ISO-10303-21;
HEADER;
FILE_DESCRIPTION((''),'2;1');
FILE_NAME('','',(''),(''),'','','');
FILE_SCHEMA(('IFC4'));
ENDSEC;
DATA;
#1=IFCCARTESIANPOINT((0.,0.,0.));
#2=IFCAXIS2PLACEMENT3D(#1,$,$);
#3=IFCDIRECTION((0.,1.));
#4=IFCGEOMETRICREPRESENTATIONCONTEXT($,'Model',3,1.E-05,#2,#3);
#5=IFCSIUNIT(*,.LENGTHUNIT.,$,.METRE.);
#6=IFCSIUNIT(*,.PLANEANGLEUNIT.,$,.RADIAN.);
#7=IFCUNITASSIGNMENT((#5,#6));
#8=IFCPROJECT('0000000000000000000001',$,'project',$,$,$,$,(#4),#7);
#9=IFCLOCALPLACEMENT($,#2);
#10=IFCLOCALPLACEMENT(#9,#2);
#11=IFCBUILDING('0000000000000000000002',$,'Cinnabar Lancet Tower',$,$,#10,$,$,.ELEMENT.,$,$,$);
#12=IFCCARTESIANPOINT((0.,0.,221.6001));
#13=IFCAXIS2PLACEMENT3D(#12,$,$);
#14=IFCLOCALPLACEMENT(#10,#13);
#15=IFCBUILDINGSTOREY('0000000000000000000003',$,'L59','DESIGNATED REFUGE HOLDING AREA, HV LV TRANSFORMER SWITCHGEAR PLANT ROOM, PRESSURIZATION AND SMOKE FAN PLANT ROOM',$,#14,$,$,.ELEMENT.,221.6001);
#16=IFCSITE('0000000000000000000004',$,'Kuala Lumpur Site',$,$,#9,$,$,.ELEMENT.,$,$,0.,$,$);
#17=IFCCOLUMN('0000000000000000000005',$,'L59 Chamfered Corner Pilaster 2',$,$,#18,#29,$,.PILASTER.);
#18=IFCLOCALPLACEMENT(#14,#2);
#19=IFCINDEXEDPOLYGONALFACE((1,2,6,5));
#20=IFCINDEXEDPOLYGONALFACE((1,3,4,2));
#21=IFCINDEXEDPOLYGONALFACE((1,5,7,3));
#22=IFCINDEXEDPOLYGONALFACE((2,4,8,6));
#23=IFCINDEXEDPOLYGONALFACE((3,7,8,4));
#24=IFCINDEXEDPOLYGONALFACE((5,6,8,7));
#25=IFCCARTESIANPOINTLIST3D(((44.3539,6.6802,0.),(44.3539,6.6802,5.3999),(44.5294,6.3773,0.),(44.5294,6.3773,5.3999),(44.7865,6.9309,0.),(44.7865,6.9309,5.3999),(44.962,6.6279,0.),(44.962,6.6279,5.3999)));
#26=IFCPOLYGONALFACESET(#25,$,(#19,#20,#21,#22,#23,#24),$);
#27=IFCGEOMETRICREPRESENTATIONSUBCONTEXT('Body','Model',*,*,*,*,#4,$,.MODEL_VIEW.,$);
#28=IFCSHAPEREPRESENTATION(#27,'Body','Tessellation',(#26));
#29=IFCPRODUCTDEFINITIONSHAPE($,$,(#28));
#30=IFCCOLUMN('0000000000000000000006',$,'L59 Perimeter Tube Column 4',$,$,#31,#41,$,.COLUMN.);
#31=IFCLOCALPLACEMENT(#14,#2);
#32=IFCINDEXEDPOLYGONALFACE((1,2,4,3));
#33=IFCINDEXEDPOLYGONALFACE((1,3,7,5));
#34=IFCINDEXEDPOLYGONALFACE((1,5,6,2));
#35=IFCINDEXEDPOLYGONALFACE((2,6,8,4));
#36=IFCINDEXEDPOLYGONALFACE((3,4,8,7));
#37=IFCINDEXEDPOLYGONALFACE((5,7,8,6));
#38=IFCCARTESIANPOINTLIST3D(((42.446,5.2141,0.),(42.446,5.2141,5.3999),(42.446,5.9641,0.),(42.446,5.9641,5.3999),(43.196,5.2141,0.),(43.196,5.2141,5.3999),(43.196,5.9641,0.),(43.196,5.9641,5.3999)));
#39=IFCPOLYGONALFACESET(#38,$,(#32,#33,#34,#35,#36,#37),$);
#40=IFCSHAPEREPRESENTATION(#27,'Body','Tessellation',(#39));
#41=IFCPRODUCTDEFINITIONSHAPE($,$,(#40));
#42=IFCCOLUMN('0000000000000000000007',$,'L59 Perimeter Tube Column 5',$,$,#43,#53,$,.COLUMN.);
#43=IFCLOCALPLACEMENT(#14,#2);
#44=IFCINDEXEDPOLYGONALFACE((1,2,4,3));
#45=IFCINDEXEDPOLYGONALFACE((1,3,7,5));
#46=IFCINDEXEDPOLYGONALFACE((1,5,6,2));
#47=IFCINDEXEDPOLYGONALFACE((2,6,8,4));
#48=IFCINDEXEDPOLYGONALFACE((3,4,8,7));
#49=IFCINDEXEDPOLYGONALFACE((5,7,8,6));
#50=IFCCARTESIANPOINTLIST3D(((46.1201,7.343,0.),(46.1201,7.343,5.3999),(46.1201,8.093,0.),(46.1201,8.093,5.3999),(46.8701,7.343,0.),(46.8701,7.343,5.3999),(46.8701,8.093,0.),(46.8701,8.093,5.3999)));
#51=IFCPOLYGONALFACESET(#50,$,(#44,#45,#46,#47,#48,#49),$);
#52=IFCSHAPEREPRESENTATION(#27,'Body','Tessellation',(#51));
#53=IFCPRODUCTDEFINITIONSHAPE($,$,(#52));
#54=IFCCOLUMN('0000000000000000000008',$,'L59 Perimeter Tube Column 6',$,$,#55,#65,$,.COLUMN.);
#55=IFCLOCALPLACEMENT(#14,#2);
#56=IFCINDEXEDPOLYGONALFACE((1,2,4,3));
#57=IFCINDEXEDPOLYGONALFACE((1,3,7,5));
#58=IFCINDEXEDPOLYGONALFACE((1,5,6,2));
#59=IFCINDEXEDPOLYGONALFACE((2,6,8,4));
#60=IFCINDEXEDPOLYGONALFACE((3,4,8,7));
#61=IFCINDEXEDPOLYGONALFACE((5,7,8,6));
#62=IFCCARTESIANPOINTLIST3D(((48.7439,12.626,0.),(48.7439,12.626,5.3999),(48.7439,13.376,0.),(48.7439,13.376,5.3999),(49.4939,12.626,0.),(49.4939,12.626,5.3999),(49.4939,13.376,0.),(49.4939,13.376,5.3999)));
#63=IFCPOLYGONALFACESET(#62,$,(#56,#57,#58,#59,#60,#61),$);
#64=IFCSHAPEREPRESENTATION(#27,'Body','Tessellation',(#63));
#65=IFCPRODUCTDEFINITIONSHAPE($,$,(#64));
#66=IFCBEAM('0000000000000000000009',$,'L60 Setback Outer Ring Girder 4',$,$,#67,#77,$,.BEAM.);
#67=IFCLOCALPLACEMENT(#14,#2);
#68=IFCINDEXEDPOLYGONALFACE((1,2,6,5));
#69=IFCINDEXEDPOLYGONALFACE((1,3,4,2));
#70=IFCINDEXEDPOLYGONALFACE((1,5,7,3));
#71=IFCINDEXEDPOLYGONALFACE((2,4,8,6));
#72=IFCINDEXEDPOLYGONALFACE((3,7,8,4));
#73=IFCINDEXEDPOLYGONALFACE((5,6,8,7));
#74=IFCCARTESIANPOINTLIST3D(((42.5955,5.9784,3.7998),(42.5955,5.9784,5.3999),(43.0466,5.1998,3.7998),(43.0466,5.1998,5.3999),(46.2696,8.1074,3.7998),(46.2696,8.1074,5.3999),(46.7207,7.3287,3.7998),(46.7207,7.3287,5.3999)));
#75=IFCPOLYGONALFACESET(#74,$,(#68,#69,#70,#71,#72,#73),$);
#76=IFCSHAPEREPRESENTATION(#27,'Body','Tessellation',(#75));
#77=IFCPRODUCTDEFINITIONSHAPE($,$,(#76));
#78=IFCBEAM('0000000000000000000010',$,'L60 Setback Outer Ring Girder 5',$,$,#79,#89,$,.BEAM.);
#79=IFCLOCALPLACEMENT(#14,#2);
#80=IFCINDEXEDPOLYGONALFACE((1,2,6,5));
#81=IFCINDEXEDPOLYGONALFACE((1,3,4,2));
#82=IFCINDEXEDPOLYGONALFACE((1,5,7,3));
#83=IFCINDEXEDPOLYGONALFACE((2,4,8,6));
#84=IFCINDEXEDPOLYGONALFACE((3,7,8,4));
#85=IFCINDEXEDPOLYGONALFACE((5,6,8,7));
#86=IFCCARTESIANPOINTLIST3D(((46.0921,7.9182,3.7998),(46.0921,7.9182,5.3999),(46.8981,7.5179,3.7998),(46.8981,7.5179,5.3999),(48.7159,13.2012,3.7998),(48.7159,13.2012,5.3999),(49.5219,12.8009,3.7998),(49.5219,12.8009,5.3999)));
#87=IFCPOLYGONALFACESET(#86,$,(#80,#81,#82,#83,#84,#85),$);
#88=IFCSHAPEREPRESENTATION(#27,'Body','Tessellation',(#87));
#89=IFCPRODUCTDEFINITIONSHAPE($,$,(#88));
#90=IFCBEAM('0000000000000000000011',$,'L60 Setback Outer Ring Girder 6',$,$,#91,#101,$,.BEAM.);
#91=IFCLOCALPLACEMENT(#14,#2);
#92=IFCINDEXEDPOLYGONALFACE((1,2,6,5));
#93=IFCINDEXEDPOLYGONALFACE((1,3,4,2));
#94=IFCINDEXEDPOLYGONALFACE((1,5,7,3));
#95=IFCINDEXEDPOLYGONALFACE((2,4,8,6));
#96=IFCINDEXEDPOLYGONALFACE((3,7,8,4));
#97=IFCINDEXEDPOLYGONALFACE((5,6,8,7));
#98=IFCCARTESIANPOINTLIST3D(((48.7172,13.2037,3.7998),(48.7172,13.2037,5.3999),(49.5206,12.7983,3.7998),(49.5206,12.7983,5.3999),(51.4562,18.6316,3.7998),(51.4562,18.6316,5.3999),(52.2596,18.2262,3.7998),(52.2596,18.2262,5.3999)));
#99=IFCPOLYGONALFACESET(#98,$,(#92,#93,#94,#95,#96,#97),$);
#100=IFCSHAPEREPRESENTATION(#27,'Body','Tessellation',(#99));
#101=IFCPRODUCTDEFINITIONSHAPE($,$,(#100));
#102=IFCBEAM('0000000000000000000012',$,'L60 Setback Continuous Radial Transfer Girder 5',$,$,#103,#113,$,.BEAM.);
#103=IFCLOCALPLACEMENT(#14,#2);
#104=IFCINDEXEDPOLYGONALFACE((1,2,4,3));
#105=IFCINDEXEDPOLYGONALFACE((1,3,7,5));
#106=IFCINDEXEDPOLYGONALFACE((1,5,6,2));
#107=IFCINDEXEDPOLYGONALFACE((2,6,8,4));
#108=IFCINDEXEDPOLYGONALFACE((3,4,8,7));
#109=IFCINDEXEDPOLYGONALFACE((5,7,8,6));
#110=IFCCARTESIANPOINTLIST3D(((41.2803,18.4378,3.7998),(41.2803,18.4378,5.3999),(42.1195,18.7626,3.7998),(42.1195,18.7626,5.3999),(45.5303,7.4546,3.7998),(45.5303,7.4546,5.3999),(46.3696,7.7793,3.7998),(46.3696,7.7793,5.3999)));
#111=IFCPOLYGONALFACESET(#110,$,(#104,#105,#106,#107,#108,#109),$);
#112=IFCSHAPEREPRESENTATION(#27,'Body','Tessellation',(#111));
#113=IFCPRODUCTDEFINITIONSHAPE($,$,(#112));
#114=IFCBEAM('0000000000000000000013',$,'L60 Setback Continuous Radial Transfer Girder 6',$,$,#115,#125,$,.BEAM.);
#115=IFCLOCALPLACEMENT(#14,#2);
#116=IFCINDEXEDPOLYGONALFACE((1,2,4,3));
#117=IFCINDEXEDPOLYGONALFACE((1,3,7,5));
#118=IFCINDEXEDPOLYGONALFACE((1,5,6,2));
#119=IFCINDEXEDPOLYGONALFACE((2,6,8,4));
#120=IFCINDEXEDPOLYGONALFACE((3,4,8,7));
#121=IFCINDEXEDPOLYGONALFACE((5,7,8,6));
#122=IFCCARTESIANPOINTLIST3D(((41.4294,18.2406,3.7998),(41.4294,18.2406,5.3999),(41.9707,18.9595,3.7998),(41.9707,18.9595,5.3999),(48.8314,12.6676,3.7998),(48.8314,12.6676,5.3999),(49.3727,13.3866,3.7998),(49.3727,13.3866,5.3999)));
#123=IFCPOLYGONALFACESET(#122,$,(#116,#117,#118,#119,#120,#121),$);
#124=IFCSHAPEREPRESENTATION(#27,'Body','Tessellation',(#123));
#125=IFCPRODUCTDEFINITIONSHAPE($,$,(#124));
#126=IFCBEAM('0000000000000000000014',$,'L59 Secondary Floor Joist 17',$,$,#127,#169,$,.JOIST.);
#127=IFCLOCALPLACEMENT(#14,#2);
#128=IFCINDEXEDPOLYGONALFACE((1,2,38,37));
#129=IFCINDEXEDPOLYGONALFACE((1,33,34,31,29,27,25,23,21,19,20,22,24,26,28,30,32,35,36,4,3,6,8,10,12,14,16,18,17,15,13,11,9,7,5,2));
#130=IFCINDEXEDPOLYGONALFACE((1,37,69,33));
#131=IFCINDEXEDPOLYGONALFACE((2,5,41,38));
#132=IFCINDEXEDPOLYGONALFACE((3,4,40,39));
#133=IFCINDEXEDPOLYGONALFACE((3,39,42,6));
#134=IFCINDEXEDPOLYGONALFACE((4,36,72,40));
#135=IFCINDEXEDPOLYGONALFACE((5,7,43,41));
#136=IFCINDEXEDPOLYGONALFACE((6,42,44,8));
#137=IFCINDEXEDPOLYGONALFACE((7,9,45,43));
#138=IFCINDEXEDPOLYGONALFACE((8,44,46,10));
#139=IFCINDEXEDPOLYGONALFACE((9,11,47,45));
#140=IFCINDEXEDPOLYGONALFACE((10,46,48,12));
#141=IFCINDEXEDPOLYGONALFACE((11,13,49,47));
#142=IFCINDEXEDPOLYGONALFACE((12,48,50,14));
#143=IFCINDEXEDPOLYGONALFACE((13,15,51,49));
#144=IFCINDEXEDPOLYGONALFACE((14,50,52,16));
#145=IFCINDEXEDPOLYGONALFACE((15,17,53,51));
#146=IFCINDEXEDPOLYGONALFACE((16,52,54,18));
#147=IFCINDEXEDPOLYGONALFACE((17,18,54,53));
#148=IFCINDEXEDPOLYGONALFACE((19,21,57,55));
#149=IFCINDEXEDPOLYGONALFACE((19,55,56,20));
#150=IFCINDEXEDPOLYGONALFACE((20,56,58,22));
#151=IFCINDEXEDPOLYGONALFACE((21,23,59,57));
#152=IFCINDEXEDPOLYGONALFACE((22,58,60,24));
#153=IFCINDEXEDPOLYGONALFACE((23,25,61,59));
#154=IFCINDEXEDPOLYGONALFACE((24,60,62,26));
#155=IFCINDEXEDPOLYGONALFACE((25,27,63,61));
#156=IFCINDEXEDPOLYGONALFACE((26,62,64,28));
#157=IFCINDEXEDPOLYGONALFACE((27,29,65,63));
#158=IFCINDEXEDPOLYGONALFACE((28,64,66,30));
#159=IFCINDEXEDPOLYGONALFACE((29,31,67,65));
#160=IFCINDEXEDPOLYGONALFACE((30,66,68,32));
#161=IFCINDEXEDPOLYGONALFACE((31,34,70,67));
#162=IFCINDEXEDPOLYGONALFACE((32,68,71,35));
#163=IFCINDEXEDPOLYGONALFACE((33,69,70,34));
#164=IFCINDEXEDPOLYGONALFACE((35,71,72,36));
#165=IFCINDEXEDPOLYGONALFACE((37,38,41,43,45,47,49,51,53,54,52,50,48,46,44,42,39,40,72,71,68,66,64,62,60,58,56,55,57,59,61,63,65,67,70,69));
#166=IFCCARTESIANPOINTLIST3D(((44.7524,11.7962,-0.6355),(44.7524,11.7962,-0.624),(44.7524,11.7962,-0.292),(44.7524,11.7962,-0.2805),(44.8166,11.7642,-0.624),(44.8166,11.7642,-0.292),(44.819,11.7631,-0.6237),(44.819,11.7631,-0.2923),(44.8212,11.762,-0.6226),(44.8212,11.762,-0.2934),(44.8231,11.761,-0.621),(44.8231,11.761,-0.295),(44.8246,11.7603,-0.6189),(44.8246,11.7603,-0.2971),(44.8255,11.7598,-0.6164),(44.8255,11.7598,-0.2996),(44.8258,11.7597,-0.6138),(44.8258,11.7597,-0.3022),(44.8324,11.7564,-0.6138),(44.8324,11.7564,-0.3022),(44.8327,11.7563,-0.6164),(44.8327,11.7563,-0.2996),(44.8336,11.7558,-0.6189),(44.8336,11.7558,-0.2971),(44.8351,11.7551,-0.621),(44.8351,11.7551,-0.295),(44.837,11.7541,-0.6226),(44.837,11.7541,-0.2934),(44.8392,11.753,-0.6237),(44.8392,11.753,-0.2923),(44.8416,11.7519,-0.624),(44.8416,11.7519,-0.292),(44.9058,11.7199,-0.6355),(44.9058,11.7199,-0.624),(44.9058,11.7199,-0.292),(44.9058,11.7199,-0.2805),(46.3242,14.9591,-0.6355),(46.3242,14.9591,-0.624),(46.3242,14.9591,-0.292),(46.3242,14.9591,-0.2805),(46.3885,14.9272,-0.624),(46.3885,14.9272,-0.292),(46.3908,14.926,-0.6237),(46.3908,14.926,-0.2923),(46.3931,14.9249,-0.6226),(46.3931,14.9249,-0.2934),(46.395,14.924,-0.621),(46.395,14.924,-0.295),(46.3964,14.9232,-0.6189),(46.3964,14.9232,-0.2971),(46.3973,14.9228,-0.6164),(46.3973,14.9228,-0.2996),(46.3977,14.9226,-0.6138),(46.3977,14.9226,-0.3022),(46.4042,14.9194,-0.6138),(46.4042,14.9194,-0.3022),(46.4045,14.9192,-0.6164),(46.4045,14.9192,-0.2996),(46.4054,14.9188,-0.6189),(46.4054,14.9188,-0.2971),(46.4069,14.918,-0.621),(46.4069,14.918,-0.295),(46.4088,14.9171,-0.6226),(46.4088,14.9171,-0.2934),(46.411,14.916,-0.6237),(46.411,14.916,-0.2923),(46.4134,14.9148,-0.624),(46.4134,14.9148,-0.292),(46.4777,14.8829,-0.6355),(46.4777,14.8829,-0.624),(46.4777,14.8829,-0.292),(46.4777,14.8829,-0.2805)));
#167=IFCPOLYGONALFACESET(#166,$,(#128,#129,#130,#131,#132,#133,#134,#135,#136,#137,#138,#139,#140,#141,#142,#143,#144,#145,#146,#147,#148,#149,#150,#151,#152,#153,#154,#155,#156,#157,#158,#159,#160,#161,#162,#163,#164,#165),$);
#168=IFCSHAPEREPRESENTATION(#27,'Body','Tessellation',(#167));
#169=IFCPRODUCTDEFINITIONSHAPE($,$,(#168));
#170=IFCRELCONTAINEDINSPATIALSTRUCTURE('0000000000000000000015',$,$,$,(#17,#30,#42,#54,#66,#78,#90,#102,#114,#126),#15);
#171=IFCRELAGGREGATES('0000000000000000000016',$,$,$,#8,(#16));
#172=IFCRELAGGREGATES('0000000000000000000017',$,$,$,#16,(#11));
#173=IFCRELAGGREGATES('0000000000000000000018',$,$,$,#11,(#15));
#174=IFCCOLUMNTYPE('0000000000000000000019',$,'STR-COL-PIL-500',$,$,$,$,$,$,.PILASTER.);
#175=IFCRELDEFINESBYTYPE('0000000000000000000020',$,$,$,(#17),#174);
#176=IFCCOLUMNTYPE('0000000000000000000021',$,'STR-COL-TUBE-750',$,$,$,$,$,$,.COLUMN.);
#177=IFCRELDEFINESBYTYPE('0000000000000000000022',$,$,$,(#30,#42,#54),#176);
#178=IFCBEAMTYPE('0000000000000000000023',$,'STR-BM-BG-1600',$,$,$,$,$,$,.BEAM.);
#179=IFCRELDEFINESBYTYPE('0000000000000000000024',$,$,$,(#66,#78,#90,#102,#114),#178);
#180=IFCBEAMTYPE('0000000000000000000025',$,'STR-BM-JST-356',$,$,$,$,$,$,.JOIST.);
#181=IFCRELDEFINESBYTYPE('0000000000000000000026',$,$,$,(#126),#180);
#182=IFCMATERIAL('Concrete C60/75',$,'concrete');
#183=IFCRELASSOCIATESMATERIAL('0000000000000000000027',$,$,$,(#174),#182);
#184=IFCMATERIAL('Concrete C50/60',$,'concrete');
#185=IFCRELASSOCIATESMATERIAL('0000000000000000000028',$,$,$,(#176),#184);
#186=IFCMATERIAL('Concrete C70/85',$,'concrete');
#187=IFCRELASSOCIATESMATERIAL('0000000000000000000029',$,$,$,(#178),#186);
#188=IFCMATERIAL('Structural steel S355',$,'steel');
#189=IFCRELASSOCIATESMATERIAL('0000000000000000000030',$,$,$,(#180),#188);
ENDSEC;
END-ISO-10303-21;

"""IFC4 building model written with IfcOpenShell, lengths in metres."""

from ifc_helpers import new_model, si_unit, direction, frame, origin, origin_2d, place, context, subcontext, project, spatial, rectangle, i_section, extrude, material, material_profile, profile_set, type_object, element, save


model = new_model("IFC4")

# Units and contexts
model_context = context("Model", 3, precision=1e-05, world=origin(), true_north=direction((0.0, 1.0)))
body_context = subcontext(model_context, "Body", "Model", "MODEL_VIEW")
ifc_project = project(units=[si_unit("LENGTHUNIT", "METRE"), si_unit("PLANEANGLEUNIT", "RADIAN")], contexts=[model_context])

# Site, building, storey
site_placement = place(None, origin())
site = spatial("IfcSite", under=ifc_project, at=site_placement, Name="Kuala Lumpur Site", CompositionType="ELEMENT", RefElevation=0.0)
building_placement = place(site_placement, origin())
building = spatial("IfcBuilding", under=site, at=building_placement, Name="Cinnabar Lancet Tower", CompositionType="ELEMENT")
storey_placement = place(building_placement, frame((0.0, 0.0, 221.6001)))
storey = spatial("IfcBuildingStorey", under=building, at=storey_placement, Name="L59", Description="DESIGNATED REFUGE HOLDING AREA, HV LV TRANSFORMER SWITCHGEAR PLANT ROOM, PRESSURIZATION AND SMOKE FAN PLANT ROOM", CompositionType="ELEMENT", Elevation=221.6001)

# Columns
ifc_material_1 = material(Name="Concrete C60/75", Category="concrete")
ifc_material_profile_1 = material_profile(ifc_material_1, rectangle(XDim=0.5, YDim=0.3501, at=origin_2d()), Name="RC-PIL 500x350")
ifc_profile_set_1 = profile_set([ifc_material_profile_1], Name="Concrete C60/75")
column_type_1 = type_object("IfcColumnType", Name="STR-COL-PIL-500", PredefinedType="PILASTER", material=ifc_profile_set_1)
column_placement = place(storey_placement, frame((44.658, 6.6541, 0.0), z_axis=(0.0, 0.0, 1.0), x_axis=(0.86523, 0.501375, 0.0)))
element("IfcColumn", 1, at=column_placement, inside=storey, type_object=column_type_1, Name="L59 Chamfered Corner Pilaster 2", PredefinedType="PILASTER", context=body_context, shape_type="SweptSolid", body=[
    extrude(rectangle(XDim=0.5, YDim=0.3501, at=origin_2d()), origin(), (0.0, 0.0, 1.0), 5.3999),
])
ifc_material_2 = material(Name="Concrete C50/60", Category="concrete")
ifc_material_profile_2 = material_profile(ifc_material_2, rectangle(XDim=0.75, YDim=0.75, at=origin_2d()), Name="RC-COL 750x750")
ifc_profile_set_2 = profile_set([ifc_material_profile_2], Name="Concrete C50/60")
column_type_2 = type_object("IfcColumnType", Name="STR-COL-TUBE-750", PredefinedType="COLUMN", material=ifc_profile_set_2)
for number, where, z_axis, x_axis, name in (
    (2, (42.821, 5.5891, 0.0), (0.0, 0.0, 1.0), (1.0, 0.0, 0.0), "L59 Perimeter Tube Column 4"),
    (3, (46.4951, 7.718, 0.0), (0.0, 0.0, 1.0), (1.0, 0.0, 0.0), "L59 Perimeter Tube Column 5"),
    (4, (49.1189, 13.001, 0.0), (0.0, 0.0, 1.0), (1.0, 0.0, 0.0), "L59 Perimeter Tube Column 6"),
):
    element("IfcColumn", number, at=place(storey_placement, frame(where, z_axis=z_axis, x_axis=x_axis)), inside=storey, type_object=column_type_2, Name=name, PredefinedType="COLUMN", context=body_context, shape_type="SweptSolid", body=[
        extrude(rectangle(XDim=0.75, YDim=0.75, at=origin_2d()), origin(), (0.0, 0.0, 1.0), 5.3999),
    ])

# Beams
ifc_material_3 = material(Name="Concrete C70/85", Category="concrete")
ifc_material_profile_3 = material_profile(ifc_material_3, rectangle(XDim=0.8999, YDim=1.6001, at=origin_2d()), Name="RC-BG 900x1600")
ifc_profile_set_3 = profile_set([ifc_material_profile_3], Name="Concrete C70/85")
beam_type_1 = type_object("IfcBeamType", Name="STR-BM-BG-1600", PredefinedType="BEAM", material=ifc_profile_set_3)
beam_1_placement = place(storey_placement, frame((42.821, 5.5891, 4.5999), z_axis=(0.865241, 0.501356, 0.0), x_axis=(-0.501356, 0.865241, 0.0)))
element("IfcBeam", 5, at=beam_1_placement, inside=storey, type_object=beam_type_1, Name="L60 Setback Outer Ring Girder 4", PredefinedType="BEAM", context=body_context, shape_type="SweptSolid", body=[
    extrude(rectangle(XDim=0.8999, YDim=1.6001, at=origin_2d()), origin(), (0.0, 0.0, 1.0), 4.2463),
])
beam_2_placement = place(storey_placement, frame((46.4951, 7.718, 4.5999), z_axis=(0.444811, 0.895624, 0.0), x_axis=(-0.895624, 0.444811, 0.0)))
element("IfcBeam", 6, at=beam_2_placement, inside=storey, type_object=beam_type_1, Name="L60 Setback Outer Ring Girder 5", PredefinedType="BEAM", context=body_context, shape_type="SweptSolid", body=[
    extrude(rectangle(XDim=0.8999, YDim=1.6001, at=origin_2d()), origin(), (0.0, 0.0, 1.0), 5.8987),
])
beam_3_placement = place(storey_placement, frame((49.1189, 13.001, 4.5999), z_axis=(0.450503, 0.892775, 0.0), x_axis=(-0.892775, 0.450503, 0.0)))
element("IfcBeam", 7, at=beam_3_placement, inside=storey, type_object=beam_type_1, Name="L60 Setback Outer Ring Girder 6", PredefinedType="BEAM", context=body_context, shape_type="SweptSolid", body=[
    extrude(rectangle(XDim=0.8999, YDim=1.6001, at=origin_2d()), origin(), (0.0, 0.0, 1.0), 6.0798),
])
beam_4_placement = place(storey_placement, frame((45.95, 7.6169, 4.5999), z_axis=(-0.36088, 0.932612, 0.0), x_axis=(-0.932612, -0.36088, 0.0)))
element("IfcBeam", 8, at=beam_4_placement, inside=storey, type_object=beam_type_1, Name="L60 Setback Continuous Radial Transfer Girder 5", PredefinedType="BEAM", context=body_context, shape_type="SweptSolid", body=[
    extrude(rectangle(XDim=0.8999, YDim=1.6001, at=origin_2d()), origin(), (0.0, 0.0, 1.0), 11.7769),
])
beam_5_placement = place(storey_placement, frame((49.1021, 13.0271, 4.5999), z_axis=(-0.798889, 0.601479, 0.0), x_axis=(-0.601479, -0.798889, 0.0)))
element("IfcBeam", 9, at=beam_5_placement, inside=storey, type_object=beam_type_1, Name="L60 Setback Continuous Radial Transfer Girder 6", PredefinedType="BEAM", context=body_context, shape_type="SweptSolid", body=[
    extrude(rectangle(XDim=0.8999, YDim=1.6001, at=origin_2d()), origin(), (0.0, 0.0, 1.0), 9.2654),
])
ifc_material_4 = material(Name="Structural steel S355", Category="steel")
ifc_material_profile_4 = material_profile(ifc_material_4, i_section(OverallWidth=0.1714, OverallDepth=0.355, WebThickness=0.0073, FlangeThickness=0.0115, FilletRadius=0.0103, at=origin_2d()), Name="UKB 356x171x51")
ifc_profile_set_4 = profile_set([ifc_material_profile_4], Name="Structural steel S355")
beam_type_2 = type_object("IfcBeamType", Name="STR-BM-JST-356", PredefinedType="JOIST", material=ifc_profile_set_4)
beam_6_placement = place(storey_placement, frame((44.8291, 11.7581, -0.458), z_axis=(0.445028, 0.895517, 0.0), x_axis=(-0.895517, 0.445028, 0.0)))
element("IfcBeam", 10, at=beam_6_placement, inside=storey, type_object=beam_type_2, Name="L59 Secondary Floor Joist 17", PredefinedType="JOIST", context=body_context, shape_type="SweptSolid", body=[
    extrude(i_section(OverallWidth=0.1714, OverallDepth=0.355, WebThickness=0.0073, FlangeThickness=0.0115, FilletRadius=0.0103, at=origin_2d()), origin(), (0.0, 0.0, 1.0), 3.532),
])

save(model, "model.ifc")
